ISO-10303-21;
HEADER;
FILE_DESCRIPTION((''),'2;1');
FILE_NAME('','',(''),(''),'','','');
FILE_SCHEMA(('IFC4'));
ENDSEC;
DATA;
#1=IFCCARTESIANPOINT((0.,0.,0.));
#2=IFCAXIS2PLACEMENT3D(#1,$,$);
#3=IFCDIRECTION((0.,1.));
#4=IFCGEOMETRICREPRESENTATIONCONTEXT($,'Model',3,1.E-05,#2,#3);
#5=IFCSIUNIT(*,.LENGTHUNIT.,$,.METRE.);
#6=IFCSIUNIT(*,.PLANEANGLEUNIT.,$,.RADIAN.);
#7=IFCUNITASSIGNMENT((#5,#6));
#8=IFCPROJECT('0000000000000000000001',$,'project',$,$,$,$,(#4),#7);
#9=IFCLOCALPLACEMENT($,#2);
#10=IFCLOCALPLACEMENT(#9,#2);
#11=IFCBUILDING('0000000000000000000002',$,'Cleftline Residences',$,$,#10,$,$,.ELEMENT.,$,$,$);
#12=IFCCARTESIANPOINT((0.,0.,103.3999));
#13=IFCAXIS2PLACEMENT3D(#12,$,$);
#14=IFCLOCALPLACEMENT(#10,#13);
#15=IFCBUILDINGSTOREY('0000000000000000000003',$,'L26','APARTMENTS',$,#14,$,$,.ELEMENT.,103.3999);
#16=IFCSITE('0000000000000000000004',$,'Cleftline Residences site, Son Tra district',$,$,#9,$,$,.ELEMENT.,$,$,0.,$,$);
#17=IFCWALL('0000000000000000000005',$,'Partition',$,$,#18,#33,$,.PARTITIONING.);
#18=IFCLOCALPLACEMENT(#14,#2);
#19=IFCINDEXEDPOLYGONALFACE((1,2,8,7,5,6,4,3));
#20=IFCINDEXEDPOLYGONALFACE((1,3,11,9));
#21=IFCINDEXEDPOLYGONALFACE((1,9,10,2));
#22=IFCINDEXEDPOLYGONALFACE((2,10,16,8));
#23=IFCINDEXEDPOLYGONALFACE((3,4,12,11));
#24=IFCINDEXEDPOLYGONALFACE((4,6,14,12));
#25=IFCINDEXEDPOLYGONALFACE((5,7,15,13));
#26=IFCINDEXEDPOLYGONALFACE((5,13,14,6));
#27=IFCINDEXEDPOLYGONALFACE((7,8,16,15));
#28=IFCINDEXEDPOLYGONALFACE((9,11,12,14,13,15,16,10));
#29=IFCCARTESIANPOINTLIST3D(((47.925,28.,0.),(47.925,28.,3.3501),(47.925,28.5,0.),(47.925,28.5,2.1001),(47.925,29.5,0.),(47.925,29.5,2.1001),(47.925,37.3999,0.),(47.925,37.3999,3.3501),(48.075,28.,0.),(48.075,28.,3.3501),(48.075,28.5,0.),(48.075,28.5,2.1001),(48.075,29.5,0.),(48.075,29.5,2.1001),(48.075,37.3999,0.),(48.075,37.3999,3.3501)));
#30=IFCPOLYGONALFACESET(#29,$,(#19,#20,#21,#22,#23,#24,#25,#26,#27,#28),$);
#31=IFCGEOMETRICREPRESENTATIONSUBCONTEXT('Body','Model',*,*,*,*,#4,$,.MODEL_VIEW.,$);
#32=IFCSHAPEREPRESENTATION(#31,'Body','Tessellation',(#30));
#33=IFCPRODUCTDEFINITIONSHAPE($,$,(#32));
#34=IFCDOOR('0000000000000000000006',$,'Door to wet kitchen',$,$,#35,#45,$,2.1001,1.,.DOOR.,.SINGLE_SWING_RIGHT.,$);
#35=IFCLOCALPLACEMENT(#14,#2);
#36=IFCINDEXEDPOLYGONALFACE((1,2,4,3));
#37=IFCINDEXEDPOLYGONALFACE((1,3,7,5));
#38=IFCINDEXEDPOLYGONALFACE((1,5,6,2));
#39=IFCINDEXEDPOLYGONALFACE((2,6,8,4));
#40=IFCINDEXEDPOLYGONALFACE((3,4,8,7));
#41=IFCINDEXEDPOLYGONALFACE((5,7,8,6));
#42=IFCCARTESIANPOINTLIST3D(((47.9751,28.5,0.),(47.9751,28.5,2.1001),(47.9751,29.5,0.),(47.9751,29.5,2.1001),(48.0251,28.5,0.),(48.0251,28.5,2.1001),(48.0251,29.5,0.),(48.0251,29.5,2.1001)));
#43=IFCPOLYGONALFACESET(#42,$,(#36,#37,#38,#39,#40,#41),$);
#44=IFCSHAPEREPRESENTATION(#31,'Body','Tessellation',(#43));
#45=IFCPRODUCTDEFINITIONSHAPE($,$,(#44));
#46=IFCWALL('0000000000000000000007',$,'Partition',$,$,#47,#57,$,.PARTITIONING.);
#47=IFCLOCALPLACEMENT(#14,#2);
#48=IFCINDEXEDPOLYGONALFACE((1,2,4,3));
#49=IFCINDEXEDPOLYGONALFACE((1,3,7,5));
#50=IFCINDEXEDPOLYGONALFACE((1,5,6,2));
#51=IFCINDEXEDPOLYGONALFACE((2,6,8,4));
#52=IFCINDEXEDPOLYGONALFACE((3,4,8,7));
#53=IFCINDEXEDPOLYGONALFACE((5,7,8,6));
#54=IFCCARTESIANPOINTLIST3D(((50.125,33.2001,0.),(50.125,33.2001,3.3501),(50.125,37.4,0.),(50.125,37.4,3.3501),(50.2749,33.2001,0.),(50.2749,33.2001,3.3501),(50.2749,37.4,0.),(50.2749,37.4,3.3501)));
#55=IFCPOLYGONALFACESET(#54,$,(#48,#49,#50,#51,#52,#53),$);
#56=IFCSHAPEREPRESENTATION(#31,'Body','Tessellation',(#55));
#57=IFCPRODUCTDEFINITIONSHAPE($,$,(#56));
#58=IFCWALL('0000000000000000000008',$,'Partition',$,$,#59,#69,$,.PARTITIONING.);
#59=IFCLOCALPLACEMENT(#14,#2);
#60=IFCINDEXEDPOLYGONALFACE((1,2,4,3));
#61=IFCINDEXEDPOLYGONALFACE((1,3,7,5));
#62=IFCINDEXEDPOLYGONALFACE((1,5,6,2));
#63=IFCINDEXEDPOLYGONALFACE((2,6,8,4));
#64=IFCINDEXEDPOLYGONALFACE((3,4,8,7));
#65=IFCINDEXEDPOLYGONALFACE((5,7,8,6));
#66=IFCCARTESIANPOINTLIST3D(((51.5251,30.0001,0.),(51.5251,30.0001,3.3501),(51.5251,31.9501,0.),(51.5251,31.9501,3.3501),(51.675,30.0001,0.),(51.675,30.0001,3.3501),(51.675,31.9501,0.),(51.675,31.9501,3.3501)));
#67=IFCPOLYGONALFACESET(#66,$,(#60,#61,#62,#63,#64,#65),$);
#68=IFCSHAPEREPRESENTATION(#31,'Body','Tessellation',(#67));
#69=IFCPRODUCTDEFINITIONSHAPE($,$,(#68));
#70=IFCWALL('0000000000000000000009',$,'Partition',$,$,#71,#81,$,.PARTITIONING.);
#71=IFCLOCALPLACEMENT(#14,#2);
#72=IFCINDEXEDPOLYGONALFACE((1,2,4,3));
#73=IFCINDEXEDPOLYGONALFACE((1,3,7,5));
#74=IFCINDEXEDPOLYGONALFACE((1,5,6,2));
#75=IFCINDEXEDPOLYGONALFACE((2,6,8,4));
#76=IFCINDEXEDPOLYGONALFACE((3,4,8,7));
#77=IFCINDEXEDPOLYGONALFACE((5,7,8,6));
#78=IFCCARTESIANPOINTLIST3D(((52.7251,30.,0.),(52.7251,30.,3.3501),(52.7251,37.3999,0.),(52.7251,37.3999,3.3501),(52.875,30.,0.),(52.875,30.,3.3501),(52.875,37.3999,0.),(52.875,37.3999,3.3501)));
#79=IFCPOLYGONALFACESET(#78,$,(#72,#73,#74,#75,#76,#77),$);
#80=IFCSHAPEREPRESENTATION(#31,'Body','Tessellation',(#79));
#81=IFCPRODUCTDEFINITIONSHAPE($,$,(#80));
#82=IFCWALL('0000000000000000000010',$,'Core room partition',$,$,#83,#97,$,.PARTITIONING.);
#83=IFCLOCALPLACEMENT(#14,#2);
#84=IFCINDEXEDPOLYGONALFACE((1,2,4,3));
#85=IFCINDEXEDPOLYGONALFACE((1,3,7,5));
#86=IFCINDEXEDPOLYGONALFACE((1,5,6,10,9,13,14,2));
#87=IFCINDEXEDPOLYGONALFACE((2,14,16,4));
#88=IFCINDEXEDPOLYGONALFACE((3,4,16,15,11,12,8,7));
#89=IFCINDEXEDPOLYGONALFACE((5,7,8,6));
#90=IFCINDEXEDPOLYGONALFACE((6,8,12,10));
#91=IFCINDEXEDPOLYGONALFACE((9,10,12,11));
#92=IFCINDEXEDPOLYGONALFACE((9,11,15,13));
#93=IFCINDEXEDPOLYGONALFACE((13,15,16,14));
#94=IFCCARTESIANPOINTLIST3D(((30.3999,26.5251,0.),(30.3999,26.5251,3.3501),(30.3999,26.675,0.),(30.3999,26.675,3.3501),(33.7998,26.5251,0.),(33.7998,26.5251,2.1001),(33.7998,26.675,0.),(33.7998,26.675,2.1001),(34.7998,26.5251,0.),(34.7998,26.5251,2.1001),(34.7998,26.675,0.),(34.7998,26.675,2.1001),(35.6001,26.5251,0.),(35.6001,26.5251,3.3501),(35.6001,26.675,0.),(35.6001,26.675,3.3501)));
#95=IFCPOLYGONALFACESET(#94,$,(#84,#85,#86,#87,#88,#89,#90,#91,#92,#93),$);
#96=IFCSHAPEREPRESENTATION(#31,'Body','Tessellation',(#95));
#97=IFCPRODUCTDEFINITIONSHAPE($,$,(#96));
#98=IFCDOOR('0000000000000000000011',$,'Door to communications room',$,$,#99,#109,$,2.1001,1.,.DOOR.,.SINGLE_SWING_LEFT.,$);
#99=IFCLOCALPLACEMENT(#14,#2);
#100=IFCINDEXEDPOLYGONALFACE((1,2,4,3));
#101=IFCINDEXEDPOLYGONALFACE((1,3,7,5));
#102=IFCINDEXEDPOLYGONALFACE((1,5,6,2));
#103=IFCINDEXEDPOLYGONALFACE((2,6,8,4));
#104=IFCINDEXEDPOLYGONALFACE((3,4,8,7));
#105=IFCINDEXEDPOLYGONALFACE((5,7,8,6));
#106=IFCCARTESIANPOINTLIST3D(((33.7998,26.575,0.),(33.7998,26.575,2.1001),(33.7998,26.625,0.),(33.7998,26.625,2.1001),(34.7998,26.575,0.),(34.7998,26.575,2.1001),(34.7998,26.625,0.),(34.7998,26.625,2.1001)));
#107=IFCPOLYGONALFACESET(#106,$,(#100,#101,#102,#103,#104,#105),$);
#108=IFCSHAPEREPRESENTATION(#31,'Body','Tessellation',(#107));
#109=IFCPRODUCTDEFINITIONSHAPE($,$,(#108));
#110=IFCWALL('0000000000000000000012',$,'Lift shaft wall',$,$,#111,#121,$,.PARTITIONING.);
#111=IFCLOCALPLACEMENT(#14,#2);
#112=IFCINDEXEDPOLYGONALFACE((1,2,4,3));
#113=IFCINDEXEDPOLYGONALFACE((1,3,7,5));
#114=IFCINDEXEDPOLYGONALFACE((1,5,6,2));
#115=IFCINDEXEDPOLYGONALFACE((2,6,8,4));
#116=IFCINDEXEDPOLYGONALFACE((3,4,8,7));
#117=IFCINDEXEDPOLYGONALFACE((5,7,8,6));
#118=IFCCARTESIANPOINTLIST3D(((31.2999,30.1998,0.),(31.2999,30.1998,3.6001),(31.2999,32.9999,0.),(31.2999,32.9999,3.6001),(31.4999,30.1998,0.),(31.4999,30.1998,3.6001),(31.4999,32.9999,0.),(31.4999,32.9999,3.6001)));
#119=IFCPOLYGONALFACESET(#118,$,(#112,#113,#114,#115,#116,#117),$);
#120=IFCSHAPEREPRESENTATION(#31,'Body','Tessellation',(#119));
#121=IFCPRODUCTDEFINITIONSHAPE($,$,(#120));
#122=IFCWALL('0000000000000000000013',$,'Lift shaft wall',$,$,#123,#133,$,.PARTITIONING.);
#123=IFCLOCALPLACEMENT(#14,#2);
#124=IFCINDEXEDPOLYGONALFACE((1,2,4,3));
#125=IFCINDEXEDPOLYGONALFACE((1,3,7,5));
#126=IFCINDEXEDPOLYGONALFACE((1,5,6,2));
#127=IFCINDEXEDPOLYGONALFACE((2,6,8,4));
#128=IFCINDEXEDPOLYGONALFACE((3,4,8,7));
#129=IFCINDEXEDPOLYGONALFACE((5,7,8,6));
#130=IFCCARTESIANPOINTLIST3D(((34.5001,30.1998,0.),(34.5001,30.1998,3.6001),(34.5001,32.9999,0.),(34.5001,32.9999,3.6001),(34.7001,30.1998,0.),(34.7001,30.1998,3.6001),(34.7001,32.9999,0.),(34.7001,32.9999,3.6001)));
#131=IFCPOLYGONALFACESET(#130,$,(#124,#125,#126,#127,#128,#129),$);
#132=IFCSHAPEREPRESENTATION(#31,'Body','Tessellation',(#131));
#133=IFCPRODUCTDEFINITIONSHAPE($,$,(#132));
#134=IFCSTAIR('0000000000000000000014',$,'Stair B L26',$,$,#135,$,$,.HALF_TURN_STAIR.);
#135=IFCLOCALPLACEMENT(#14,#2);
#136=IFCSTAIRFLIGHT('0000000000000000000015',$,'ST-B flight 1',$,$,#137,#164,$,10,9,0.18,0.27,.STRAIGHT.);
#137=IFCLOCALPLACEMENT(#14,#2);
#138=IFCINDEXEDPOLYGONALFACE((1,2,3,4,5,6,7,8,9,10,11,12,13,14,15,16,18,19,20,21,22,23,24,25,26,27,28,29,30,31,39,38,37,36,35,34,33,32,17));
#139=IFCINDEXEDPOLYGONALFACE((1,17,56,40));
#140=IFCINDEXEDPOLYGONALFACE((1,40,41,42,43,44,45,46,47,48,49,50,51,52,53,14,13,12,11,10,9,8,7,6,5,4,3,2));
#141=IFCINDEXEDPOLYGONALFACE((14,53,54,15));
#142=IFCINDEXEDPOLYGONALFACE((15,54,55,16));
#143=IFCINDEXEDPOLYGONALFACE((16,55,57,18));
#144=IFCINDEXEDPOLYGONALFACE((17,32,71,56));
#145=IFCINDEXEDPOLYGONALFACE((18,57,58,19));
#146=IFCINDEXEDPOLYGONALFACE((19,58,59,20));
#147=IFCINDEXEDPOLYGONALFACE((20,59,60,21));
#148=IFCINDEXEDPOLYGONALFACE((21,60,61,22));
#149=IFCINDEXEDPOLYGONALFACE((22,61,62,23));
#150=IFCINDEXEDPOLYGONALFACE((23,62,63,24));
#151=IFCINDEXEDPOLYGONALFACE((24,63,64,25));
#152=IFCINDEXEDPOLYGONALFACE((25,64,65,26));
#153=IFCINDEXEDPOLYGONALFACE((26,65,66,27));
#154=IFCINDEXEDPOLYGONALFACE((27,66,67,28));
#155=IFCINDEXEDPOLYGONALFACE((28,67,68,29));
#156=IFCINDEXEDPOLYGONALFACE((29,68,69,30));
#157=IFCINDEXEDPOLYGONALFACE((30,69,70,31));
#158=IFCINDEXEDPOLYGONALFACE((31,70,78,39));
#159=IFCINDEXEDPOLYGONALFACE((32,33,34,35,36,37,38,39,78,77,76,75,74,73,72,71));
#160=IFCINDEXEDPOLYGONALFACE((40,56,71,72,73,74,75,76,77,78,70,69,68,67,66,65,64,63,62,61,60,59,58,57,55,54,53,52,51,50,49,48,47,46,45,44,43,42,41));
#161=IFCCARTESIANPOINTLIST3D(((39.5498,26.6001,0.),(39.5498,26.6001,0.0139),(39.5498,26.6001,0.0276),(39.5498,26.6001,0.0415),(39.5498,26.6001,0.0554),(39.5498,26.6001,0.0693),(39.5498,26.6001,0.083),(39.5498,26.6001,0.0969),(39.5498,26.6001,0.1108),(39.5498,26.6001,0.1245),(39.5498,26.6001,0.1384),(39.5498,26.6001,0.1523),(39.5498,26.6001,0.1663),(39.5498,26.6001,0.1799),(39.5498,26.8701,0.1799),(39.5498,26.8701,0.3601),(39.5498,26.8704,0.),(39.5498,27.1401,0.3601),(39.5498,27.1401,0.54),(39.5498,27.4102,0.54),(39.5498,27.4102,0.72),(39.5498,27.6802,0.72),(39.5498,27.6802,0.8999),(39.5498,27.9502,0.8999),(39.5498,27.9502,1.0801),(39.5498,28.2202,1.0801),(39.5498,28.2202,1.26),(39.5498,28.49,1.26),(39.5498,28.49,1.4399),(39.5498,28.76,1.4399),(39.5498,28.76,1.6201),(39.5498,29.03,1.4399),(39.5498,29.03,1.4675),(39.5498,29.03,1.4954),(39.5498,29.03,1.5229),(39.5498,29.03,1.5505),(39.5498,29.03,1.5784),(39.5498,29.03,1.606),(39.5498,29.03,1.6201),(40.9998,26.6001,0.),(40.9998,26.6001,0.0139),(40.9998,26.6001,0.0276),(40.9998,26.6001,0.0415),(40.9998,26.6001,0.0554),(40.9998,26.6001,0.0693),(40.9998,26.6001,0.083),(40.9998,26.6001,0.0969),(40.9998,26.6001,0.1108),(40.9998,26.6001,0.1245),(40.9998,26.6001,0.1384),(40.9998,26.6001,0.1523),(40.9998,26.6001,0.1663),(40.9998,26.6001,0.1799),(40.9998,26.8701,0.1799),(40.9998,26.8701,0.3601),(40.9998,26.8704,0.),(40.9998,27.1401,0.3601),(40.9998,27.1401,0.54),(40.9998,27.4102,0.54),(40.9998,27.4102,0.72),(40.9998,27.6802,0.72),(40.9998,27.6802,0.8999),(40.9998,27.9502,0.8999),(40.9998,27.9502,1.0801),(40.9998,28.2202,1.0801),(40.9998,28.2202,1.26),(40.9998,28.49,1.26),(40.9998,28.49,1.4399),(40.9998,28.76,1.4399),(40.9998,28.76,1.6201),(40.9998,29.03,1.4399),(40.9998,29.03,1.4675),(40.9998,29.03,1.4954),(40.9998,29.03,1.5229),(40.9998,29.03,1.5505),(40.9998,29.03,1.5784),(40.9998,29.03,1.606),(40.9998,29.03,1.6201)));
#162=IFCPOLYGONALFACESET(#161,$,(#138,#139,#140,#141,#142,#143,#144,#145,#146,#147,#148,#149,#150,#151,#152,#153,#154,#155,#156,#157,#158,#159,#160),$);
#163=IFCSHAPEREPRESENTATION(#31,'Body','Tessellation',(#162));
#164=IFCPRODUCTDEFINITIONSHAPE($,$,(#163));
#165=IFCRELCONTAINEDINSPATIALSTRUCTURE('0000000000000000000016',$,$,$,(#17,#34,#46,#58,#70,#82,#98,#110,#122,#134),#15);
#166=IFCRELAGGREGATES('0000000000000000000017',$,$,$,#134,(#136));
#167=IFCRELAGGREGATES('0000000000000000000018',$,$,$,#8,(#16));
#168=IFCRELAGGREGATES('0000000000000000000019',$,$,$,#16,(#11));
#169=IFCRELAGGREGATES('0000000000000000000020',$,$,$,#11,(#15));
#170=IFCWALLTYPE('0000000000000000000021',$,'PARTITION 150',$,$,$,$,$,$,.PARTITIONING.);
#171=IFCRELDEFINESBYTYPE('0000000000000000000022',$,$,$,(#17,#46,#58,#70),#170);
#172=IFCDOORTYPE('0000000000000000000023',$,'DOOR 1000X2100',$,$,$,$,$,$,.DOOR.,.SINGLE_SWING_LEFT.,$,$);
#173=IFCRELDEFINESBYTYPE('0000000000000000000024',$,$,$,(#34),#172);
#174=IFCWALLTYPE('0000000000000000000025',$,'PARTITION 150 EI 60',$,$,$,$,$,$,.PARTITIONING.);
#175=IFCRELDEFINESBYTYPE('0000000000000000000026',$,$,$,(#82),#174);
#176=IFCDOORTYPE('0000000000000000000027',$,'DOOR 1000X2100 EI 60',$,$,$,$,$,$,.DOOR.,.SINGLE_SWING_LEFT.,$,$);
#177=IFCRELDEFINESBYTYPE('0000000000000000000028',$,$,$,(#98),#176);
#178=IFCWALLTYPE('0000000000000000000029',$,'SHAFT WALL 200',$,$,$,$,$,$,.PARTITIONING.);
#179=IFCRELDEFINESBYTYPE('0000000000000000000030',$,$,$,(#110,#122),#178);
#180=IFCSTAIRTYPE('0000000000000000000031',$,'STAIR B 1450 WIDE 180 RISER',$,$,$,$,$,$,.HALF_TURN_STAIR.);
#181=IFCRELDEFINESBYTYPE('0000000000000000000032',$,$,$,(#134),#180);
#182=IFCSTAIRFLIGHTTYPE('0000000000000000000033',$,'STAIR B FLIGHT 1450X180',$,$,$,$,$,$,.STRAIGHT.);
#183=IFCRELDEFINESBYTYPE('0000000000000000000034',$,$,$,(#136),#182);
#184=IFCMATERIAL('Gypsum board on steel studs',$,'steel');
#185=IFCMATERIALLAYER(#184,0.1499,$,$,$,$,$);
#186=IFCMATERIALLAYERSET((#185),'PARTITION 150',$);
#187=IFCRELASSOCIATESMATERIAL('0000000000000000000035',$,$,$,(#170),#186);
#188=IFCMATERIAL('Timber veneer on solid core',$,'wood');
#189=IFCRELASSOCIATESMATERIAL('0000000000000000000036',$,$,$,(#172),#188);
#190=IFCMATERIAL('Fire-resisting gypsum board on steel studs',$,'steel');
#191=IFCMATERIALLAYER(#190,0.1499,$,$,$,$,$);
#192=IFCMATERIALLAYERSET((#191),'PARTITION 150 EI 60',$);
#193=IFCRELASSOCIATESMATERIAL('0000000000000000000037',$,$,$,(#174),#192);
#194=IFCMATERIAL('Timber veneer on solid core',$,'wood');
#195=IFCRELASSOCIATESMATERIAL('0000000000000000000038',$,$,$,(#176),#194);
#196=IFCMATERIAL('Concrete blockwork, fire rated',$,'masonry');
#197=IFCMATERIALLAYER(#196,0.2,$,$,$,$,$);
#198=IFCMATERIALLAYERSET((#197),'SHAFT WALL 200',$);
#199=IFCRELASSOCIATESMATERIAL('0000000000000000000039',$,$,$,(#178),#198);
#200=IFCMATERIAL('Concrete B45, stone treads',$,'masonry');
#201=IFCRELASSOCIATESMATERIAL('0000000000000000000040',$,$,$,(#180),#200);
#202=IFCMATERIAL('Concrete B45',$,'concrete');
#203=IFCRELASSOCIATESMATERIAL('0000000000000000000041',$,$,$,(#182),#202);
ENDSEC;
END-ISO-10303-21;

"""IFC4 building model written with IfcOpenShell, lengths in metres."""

from ifc_helpers import new_model, si_unit, direction, frame, frame_2d, origin, place, context, subcontext, project, spatial, polyline, rectangle, outline, extrude, material, layer, layer_set, type_object, element, fill, aggregate, save


model = new_model("IFC4")

# Units and contexts
model_context = context("Model", 3, precision=1e-05, world=origin(), true_north=direction((0.0, 1.0)))
body_context = subcontext(model_context, "Body", "Model", "MODEL_VIEW")
ifc_project = project(units=[si_unit("LENGTHUNIT", "METRE"), si_unit("PLANEANGLEUNIT", "RADIAN")], contexts=[model_context])

# Site, building, storey
site_placement = place(None, origin())
site = spatial("IfcSite", under=ifc_project, at=site_placement, Name="Cleftline Residences site, Son Tra district", CompositionType="ELEMENT", RefElevation=0.0)
building_placement = place(site_placement, origin())
building = spatial("IfcBuilding", under=site, at=building_placement, Name="Cleftline Residences", CompositionType="ELEMENT")
storey_placement = place(building_placement, frame((0.0, 0.0, 103.3999)))
storey = spatial("IfcBuildingStorey", under=building, at=storey_placement, Name="L26", Description="APARTMENTS", CompositionType="ELEMENT", Elevation=103.3999)

# Shared definitions
ifc_material_1 = material(Name="Gypsum board on steel studs", Category="steel")
ifc_layer_1 = layer(ifc_material_1, 0.1499)
ifc_layer_set_1 = layer_set([ifc_layer_1], Name="PARTITION 150")
wall_type_1 = type_object("IfcWallType", Name="PARTITION 150", PredefinedType="PARTITIONING", material=ifc_layer_set_1)
ifc_material_2 = material(Name="Timber veneer on solid core", Category="wood")
door_type_1 = type_object("IfcDoorType", Name="DOOR 1000X2100", OperationType="SINGLE_SWING_LEFT", PredefinedType="DOOR", material=ifc_material_2)

# Wall, opening, door
wall_1_placement = place(storey_placement, frame((48.0, 28.0, 0.0), z_axis=(0.0, 0.0, 1.0), x_axis=(0.0, 1.0, 0.0)))
wall_1 = element("IfcWall", 1, at=wall_1_placement, inside=storey, type_object=wall_type_1, Name="Partition", PredefinedType="PARTITIONING", context=body_context, shape_type="SweptSolid", body=[
    extrude(rectangle(XDim=9.3999, YDim=0.1499, at=frame_2d((4.7, 0.0))), origin(), (0.0, 0.0, 1.0), 3.3501),
])
opening_1_placement = place(wall_1_placement, frame((0.5, 0.0, 0.0)))
opening_1 = element("IfcOpeningElement", 2, at=opening_1_placement, cuts=wall_1, PredefinedType="OPENING", context=body_context, shape_type="SweptSolid", body=[
    extrude(rectangle(XDim=1.0, YDim=2.1001, at=frame_2d((0.5, 1.05))), frame((0.0, 0.085, 0.0), z_axis=(0.0, -1.0, 0.0), x_axis=(1.0, 0.0, 0.0)), (0.0, 0.0, 1.0), 0.1699),
])
door_1_placement = place(opening_1_placement, origin())
door_1 = element("IfcDoor", 3, at=door_1_placement, inside=storey, type_object=door_type_1, Name="Door to wet kitchen", OperationType="SINGLE_SWING_RIGHT", OverallHeight=2.1001, OverallWidth=1.0, PredefinedType="DOOR", context=body_context, shape_type="SweptSolid", body=[
    extrude(rectangle(XDim=1.0, YDim=2.1001, at=frame_2d((0.5, 1.05))), frame((0.0, 0.0249, 0.0), z_axis=(0.0, -1.0, 0.0), x_axis=(1.0, 0.0, 0.0)), (0.0, 0.0, 1.0), 0.05),
])
fill(opening_1, door_1)

# Walls
wall_2_placement = place(storey_placement, frame((50.2, 33.2, 0.0), z_axis=(0.0, 0.0, 1.0), x_axis=(0.0, 1.0, 0.0)))
element("IfcWall", 4, at=wall_2_placement, inside=storey, type_object=wall_type_1, Name="Partition", PredefinedType="PARTITIONING", context=body_context, shape_type="SweptSolid", body=[
    extrude(rectangle(XDim=4.2, YDim=0.1499, at=frame_2d((2.1001, 0.0))), origin(), (0.0, 0.0, 1.0), 3.3501),
])
wall_3_placement = place(storey_placement, frame((51.6001, 30.0, 0.0), z_axis=(0.0, 0.0, 1.0), x_axis=(0.0, 1.0, 0.0)))
element("IfcWall", 5, at=wall_3_placement, inside=storey, type_object=wall_type_1, Name="Partition", PredefinedType="PARTITIONING", context=body_context, shape_type="SweptSolid", body=[
    extrude(rectangle(XDim=1.95, YDim=0.1499, at=frame_2d((0.9751, 0.0))), origin(), (0.0, 0.0, 1.0), 3.3501),
])
wall_4_placement = place(storey_placement, frame((52.8, 30.0, 0.0), z_axis=(0.0, 0.0, 1.0), x_axis=(0.0, 1.0, 0.0)))
element("IfcWall", 6, at=wall_4_placement, inside=storey, type_object=wall_type_1, Name="Partition", PredefinedType="PARTITIONING", context=body_context, shape_type="SweptSolid", body=[
    extrude(rectangle(XDim=7.3999, YDim=0.1499, at=frame_2d((3.7, 0.0))), origin(), (0.0, 0.0, 1.0), 3.3501),
])

# Wall, opening, door
ifc_material_3 = material(Name="Fire-resisting gypsum board on steel studs", Category="steel")
ifc_layer_2 = layer(ifc_material_3, 0.1499)
ifc_layer_set_2 = layer_set([ifc_layer_2], Name="PARTITION 150 EI 60")
wall_type_2 = type_object("IfcWallType", Name="PARTITION 150 EI 60", PredefinedType="PARTITIONING", material=ifc_layer_set_2)
wall_5_placement = place(storey_placement, frame((30.3999, 26.6001, 0.0), z_axis=(0.0, 0.0, 1.0), x_axis=(1.0, 0.0, 0.0)))
wall_5 = element("IfcWall", 7, at=wall_5_placement, inside=storey, type_object=wall_type_2, Name="Core room partition", PredefinedType="PARTITIONING", context=body_context, shape_type="SweptSolid", body=[
    extrude(rectangle(XDim=5.2002, YDim=0.1499, at=frame_2d((2.6001, 0.0))), origin(), (0.0, 0.0, 1.0), 3.3501),
])
opening_2_placement = place(wall_5_placement, frame((3.3999, 0.0, 0.0)))
opening_2 = element("IfcOpeningElement", 8, at=opening_2_placement, cuts=wall_5, PredefinedType="OPENING", context=body_context, shape_type="SweptSolid", body=[
    extrude(rectangle(XDim=1.0, YDim=2.1001, at=frame_2d((0.5, 1.05))), frame((0.0, 0.085, 0.0), z_axis=(0.0, -1.0, 0.0), x_axis=(1.0, 0.0, 0.0)), (0.0, 0.0, 1.0), 0.1699),
])
ifc_material_4 = material(Name="Timber veneer on solid core", Category="wood")
door_type_2 = type_object("IfcDoorType", Name="DOOR 1000X2100 EI 60", OperationType="SINGLE_SWING_LEFT", PredefinedType="DOOR", material=ifc_material_4)
door_2_placement = place(opening_2_placement, origin())
door_2 = element("IfcDoor", 9, at=door_2_placement, inside=storey, type_object=door_type_2, Name="Door to communications room", OperationType="SINGLE_SWING_LEFT", OverallHeight=2.1001, OverallWidth=1.0, PredefinedType="DOOR", context=body_context, shape_type="SweptSolid", body=[
    extrude(rectangle(XDim=1.0, YDim=2.1001, at=frame_2d((0.5, 1.05))), frame((0.0, 0.0249, 0.0), z_axis=(0.0, -1.0, 0.0), x_axis=(1.0, 0.0, 0.0)), (0.0, 0.0, 1.0), 0.05),
])
fill(opening_2, door_2)

# Walls
ifc_material_5 = material(Name="Concrete blockwork, fire rated", Category="masonry")
ifc_layer_3 = layer(ifc_material_5, 0.2)
ifc_layer_set_3 = layer_set([ifc_layer_3], Name="SHAFT WALL 200")
wall_type_3 = type_object("IfcWallType", Name="SHAFT WALL 200", PredefinedType="PARTITIONING", material=ifc_layer_set_3)
for number, where, z_axis, x_axis, name in (
    (10, (31.3999, 30.2, 0.0), (0.0, 0.0, 1.0), (0.0, 1.0, 0.0), "Lift shaft wall"),
    (11, (34.6001, 30.2, 0.0), (0.0, 0.0, 1.0), (0.0, 1.0, 0.0), "Lift shaft wall"),
):
    element("IfcWall", number, at=place(storey_placement, frame(where, z_axis=z_axis, x_axis=x_axis)), inside=storey, type_object=wall_type_3, Name=name, PredefinedType="PARTITIONING", context=body_context, shape_type="SweptSolid", body=[
        extrude(rectangle(XDim=2.8, YDim=0.2, at=frame_2d((1.3999, 0.0))), origin(), (0.0, 0.0, 1.0), 3.6001),
    ])

# Stair, stair flight
ifc_material_6 = material(Name="Concrete B45, stone treads", Category="masonry")
stair_type = type_object("IfcStairType", Name="STAIR B 1450 WIDE 180 RISER", PredefinedType="HALF_TURN_STAIR", material=ifc_material_6)
stair_placement = place(storey_placement, origin())
stair = element("IfcStair", 12, at=stair_placement, inside=storey, type_object=stair_type, Name="Stair B L26", PredefinedType="HALF_TURN_STAIR")
ifc_material_7 = material(Name="Concrete B45", Category="concrete")
stair_flight_type = type_object("IfcStairFlightType", Name="STAIR B FLIGHT 1450X180", PredefinedType="STRAIGHT", material=ifc_material_7)
stair_flight_1_placement = place(storey_placement, frame((40.2749, 26.6001, 0.0), z_axis=(0.0, 0.0, 1.0), x_axis=(0.0, 1.0, 0.0)))
stair_flight_1 = element("IfcStairFlight", 13, at=stair_flight_1_placement, type_object=stair_flight_type, Name="ST-B flight 1", NumberOfRisers=10, NumberOfTreads=9, PredefinedType="STRAIGHT", RiserHeight=0.18, TreadLength=0.27, context=body_context, shape_type="SweptSolid", body=[
    extrude(outline(polyline([(0.0, 0.0), (0.0, 0.0139), (0.0, 0.0276), (0.0, 0.0415), (0.0, 0.0554), (0.0, 0.0693), (0.0, 0.083), (0.0, 0.0969), (0.0, 0.1108), (0.0, 0.1245), (0.0, 0.1384), (0.0, 0.1523), (0.0, 0.1663), (0.0, 0.1799), (0.27, 0.1799), (0.27, 0.3601), (0.54, 0.3601), (0.54, 0.54), (0.8101, 0.54), (0.8101, 0.72), (1.0801, 0.72), (1.0801, 0.8999), (1.3501, 0.8999), (1.3501, 1.0801), (1.6201, 1.0801), (1.6201, 1.26), (1.8899, 1.26), (1.8899, 1.4399), (2.1599, 1.4399), (2.1599, 1.6201), (2.4299, 1.6201), (2.4299, 1.8), (2.4299, 1.7722), (2.4299, 1.7446), (2.4299, 1.7168), (2.4299, 1.6892), (2.4299, 1.6614), (2.4299, 1.6338), (2.4299, 1.606), (2.4299, 1.5784), (2.4299, 1.5505), (2.4299, 1.5229), (2.4299, 1.4954), (2.4299, 1.4675), (2.4299, 1.4399), (0.2703, 0.0), (0.0, 0.0)])), frame((0.0, 0.7251, 0.0), z_axis=(0.0, -1.0, 0.0), x_axis=(1.0, 0.0, 0.0)), (0.0, 0.0, 1.0), 1.45),
])
aggregate(stair, [stair_flight_1])

save(model, "model.ifc")
